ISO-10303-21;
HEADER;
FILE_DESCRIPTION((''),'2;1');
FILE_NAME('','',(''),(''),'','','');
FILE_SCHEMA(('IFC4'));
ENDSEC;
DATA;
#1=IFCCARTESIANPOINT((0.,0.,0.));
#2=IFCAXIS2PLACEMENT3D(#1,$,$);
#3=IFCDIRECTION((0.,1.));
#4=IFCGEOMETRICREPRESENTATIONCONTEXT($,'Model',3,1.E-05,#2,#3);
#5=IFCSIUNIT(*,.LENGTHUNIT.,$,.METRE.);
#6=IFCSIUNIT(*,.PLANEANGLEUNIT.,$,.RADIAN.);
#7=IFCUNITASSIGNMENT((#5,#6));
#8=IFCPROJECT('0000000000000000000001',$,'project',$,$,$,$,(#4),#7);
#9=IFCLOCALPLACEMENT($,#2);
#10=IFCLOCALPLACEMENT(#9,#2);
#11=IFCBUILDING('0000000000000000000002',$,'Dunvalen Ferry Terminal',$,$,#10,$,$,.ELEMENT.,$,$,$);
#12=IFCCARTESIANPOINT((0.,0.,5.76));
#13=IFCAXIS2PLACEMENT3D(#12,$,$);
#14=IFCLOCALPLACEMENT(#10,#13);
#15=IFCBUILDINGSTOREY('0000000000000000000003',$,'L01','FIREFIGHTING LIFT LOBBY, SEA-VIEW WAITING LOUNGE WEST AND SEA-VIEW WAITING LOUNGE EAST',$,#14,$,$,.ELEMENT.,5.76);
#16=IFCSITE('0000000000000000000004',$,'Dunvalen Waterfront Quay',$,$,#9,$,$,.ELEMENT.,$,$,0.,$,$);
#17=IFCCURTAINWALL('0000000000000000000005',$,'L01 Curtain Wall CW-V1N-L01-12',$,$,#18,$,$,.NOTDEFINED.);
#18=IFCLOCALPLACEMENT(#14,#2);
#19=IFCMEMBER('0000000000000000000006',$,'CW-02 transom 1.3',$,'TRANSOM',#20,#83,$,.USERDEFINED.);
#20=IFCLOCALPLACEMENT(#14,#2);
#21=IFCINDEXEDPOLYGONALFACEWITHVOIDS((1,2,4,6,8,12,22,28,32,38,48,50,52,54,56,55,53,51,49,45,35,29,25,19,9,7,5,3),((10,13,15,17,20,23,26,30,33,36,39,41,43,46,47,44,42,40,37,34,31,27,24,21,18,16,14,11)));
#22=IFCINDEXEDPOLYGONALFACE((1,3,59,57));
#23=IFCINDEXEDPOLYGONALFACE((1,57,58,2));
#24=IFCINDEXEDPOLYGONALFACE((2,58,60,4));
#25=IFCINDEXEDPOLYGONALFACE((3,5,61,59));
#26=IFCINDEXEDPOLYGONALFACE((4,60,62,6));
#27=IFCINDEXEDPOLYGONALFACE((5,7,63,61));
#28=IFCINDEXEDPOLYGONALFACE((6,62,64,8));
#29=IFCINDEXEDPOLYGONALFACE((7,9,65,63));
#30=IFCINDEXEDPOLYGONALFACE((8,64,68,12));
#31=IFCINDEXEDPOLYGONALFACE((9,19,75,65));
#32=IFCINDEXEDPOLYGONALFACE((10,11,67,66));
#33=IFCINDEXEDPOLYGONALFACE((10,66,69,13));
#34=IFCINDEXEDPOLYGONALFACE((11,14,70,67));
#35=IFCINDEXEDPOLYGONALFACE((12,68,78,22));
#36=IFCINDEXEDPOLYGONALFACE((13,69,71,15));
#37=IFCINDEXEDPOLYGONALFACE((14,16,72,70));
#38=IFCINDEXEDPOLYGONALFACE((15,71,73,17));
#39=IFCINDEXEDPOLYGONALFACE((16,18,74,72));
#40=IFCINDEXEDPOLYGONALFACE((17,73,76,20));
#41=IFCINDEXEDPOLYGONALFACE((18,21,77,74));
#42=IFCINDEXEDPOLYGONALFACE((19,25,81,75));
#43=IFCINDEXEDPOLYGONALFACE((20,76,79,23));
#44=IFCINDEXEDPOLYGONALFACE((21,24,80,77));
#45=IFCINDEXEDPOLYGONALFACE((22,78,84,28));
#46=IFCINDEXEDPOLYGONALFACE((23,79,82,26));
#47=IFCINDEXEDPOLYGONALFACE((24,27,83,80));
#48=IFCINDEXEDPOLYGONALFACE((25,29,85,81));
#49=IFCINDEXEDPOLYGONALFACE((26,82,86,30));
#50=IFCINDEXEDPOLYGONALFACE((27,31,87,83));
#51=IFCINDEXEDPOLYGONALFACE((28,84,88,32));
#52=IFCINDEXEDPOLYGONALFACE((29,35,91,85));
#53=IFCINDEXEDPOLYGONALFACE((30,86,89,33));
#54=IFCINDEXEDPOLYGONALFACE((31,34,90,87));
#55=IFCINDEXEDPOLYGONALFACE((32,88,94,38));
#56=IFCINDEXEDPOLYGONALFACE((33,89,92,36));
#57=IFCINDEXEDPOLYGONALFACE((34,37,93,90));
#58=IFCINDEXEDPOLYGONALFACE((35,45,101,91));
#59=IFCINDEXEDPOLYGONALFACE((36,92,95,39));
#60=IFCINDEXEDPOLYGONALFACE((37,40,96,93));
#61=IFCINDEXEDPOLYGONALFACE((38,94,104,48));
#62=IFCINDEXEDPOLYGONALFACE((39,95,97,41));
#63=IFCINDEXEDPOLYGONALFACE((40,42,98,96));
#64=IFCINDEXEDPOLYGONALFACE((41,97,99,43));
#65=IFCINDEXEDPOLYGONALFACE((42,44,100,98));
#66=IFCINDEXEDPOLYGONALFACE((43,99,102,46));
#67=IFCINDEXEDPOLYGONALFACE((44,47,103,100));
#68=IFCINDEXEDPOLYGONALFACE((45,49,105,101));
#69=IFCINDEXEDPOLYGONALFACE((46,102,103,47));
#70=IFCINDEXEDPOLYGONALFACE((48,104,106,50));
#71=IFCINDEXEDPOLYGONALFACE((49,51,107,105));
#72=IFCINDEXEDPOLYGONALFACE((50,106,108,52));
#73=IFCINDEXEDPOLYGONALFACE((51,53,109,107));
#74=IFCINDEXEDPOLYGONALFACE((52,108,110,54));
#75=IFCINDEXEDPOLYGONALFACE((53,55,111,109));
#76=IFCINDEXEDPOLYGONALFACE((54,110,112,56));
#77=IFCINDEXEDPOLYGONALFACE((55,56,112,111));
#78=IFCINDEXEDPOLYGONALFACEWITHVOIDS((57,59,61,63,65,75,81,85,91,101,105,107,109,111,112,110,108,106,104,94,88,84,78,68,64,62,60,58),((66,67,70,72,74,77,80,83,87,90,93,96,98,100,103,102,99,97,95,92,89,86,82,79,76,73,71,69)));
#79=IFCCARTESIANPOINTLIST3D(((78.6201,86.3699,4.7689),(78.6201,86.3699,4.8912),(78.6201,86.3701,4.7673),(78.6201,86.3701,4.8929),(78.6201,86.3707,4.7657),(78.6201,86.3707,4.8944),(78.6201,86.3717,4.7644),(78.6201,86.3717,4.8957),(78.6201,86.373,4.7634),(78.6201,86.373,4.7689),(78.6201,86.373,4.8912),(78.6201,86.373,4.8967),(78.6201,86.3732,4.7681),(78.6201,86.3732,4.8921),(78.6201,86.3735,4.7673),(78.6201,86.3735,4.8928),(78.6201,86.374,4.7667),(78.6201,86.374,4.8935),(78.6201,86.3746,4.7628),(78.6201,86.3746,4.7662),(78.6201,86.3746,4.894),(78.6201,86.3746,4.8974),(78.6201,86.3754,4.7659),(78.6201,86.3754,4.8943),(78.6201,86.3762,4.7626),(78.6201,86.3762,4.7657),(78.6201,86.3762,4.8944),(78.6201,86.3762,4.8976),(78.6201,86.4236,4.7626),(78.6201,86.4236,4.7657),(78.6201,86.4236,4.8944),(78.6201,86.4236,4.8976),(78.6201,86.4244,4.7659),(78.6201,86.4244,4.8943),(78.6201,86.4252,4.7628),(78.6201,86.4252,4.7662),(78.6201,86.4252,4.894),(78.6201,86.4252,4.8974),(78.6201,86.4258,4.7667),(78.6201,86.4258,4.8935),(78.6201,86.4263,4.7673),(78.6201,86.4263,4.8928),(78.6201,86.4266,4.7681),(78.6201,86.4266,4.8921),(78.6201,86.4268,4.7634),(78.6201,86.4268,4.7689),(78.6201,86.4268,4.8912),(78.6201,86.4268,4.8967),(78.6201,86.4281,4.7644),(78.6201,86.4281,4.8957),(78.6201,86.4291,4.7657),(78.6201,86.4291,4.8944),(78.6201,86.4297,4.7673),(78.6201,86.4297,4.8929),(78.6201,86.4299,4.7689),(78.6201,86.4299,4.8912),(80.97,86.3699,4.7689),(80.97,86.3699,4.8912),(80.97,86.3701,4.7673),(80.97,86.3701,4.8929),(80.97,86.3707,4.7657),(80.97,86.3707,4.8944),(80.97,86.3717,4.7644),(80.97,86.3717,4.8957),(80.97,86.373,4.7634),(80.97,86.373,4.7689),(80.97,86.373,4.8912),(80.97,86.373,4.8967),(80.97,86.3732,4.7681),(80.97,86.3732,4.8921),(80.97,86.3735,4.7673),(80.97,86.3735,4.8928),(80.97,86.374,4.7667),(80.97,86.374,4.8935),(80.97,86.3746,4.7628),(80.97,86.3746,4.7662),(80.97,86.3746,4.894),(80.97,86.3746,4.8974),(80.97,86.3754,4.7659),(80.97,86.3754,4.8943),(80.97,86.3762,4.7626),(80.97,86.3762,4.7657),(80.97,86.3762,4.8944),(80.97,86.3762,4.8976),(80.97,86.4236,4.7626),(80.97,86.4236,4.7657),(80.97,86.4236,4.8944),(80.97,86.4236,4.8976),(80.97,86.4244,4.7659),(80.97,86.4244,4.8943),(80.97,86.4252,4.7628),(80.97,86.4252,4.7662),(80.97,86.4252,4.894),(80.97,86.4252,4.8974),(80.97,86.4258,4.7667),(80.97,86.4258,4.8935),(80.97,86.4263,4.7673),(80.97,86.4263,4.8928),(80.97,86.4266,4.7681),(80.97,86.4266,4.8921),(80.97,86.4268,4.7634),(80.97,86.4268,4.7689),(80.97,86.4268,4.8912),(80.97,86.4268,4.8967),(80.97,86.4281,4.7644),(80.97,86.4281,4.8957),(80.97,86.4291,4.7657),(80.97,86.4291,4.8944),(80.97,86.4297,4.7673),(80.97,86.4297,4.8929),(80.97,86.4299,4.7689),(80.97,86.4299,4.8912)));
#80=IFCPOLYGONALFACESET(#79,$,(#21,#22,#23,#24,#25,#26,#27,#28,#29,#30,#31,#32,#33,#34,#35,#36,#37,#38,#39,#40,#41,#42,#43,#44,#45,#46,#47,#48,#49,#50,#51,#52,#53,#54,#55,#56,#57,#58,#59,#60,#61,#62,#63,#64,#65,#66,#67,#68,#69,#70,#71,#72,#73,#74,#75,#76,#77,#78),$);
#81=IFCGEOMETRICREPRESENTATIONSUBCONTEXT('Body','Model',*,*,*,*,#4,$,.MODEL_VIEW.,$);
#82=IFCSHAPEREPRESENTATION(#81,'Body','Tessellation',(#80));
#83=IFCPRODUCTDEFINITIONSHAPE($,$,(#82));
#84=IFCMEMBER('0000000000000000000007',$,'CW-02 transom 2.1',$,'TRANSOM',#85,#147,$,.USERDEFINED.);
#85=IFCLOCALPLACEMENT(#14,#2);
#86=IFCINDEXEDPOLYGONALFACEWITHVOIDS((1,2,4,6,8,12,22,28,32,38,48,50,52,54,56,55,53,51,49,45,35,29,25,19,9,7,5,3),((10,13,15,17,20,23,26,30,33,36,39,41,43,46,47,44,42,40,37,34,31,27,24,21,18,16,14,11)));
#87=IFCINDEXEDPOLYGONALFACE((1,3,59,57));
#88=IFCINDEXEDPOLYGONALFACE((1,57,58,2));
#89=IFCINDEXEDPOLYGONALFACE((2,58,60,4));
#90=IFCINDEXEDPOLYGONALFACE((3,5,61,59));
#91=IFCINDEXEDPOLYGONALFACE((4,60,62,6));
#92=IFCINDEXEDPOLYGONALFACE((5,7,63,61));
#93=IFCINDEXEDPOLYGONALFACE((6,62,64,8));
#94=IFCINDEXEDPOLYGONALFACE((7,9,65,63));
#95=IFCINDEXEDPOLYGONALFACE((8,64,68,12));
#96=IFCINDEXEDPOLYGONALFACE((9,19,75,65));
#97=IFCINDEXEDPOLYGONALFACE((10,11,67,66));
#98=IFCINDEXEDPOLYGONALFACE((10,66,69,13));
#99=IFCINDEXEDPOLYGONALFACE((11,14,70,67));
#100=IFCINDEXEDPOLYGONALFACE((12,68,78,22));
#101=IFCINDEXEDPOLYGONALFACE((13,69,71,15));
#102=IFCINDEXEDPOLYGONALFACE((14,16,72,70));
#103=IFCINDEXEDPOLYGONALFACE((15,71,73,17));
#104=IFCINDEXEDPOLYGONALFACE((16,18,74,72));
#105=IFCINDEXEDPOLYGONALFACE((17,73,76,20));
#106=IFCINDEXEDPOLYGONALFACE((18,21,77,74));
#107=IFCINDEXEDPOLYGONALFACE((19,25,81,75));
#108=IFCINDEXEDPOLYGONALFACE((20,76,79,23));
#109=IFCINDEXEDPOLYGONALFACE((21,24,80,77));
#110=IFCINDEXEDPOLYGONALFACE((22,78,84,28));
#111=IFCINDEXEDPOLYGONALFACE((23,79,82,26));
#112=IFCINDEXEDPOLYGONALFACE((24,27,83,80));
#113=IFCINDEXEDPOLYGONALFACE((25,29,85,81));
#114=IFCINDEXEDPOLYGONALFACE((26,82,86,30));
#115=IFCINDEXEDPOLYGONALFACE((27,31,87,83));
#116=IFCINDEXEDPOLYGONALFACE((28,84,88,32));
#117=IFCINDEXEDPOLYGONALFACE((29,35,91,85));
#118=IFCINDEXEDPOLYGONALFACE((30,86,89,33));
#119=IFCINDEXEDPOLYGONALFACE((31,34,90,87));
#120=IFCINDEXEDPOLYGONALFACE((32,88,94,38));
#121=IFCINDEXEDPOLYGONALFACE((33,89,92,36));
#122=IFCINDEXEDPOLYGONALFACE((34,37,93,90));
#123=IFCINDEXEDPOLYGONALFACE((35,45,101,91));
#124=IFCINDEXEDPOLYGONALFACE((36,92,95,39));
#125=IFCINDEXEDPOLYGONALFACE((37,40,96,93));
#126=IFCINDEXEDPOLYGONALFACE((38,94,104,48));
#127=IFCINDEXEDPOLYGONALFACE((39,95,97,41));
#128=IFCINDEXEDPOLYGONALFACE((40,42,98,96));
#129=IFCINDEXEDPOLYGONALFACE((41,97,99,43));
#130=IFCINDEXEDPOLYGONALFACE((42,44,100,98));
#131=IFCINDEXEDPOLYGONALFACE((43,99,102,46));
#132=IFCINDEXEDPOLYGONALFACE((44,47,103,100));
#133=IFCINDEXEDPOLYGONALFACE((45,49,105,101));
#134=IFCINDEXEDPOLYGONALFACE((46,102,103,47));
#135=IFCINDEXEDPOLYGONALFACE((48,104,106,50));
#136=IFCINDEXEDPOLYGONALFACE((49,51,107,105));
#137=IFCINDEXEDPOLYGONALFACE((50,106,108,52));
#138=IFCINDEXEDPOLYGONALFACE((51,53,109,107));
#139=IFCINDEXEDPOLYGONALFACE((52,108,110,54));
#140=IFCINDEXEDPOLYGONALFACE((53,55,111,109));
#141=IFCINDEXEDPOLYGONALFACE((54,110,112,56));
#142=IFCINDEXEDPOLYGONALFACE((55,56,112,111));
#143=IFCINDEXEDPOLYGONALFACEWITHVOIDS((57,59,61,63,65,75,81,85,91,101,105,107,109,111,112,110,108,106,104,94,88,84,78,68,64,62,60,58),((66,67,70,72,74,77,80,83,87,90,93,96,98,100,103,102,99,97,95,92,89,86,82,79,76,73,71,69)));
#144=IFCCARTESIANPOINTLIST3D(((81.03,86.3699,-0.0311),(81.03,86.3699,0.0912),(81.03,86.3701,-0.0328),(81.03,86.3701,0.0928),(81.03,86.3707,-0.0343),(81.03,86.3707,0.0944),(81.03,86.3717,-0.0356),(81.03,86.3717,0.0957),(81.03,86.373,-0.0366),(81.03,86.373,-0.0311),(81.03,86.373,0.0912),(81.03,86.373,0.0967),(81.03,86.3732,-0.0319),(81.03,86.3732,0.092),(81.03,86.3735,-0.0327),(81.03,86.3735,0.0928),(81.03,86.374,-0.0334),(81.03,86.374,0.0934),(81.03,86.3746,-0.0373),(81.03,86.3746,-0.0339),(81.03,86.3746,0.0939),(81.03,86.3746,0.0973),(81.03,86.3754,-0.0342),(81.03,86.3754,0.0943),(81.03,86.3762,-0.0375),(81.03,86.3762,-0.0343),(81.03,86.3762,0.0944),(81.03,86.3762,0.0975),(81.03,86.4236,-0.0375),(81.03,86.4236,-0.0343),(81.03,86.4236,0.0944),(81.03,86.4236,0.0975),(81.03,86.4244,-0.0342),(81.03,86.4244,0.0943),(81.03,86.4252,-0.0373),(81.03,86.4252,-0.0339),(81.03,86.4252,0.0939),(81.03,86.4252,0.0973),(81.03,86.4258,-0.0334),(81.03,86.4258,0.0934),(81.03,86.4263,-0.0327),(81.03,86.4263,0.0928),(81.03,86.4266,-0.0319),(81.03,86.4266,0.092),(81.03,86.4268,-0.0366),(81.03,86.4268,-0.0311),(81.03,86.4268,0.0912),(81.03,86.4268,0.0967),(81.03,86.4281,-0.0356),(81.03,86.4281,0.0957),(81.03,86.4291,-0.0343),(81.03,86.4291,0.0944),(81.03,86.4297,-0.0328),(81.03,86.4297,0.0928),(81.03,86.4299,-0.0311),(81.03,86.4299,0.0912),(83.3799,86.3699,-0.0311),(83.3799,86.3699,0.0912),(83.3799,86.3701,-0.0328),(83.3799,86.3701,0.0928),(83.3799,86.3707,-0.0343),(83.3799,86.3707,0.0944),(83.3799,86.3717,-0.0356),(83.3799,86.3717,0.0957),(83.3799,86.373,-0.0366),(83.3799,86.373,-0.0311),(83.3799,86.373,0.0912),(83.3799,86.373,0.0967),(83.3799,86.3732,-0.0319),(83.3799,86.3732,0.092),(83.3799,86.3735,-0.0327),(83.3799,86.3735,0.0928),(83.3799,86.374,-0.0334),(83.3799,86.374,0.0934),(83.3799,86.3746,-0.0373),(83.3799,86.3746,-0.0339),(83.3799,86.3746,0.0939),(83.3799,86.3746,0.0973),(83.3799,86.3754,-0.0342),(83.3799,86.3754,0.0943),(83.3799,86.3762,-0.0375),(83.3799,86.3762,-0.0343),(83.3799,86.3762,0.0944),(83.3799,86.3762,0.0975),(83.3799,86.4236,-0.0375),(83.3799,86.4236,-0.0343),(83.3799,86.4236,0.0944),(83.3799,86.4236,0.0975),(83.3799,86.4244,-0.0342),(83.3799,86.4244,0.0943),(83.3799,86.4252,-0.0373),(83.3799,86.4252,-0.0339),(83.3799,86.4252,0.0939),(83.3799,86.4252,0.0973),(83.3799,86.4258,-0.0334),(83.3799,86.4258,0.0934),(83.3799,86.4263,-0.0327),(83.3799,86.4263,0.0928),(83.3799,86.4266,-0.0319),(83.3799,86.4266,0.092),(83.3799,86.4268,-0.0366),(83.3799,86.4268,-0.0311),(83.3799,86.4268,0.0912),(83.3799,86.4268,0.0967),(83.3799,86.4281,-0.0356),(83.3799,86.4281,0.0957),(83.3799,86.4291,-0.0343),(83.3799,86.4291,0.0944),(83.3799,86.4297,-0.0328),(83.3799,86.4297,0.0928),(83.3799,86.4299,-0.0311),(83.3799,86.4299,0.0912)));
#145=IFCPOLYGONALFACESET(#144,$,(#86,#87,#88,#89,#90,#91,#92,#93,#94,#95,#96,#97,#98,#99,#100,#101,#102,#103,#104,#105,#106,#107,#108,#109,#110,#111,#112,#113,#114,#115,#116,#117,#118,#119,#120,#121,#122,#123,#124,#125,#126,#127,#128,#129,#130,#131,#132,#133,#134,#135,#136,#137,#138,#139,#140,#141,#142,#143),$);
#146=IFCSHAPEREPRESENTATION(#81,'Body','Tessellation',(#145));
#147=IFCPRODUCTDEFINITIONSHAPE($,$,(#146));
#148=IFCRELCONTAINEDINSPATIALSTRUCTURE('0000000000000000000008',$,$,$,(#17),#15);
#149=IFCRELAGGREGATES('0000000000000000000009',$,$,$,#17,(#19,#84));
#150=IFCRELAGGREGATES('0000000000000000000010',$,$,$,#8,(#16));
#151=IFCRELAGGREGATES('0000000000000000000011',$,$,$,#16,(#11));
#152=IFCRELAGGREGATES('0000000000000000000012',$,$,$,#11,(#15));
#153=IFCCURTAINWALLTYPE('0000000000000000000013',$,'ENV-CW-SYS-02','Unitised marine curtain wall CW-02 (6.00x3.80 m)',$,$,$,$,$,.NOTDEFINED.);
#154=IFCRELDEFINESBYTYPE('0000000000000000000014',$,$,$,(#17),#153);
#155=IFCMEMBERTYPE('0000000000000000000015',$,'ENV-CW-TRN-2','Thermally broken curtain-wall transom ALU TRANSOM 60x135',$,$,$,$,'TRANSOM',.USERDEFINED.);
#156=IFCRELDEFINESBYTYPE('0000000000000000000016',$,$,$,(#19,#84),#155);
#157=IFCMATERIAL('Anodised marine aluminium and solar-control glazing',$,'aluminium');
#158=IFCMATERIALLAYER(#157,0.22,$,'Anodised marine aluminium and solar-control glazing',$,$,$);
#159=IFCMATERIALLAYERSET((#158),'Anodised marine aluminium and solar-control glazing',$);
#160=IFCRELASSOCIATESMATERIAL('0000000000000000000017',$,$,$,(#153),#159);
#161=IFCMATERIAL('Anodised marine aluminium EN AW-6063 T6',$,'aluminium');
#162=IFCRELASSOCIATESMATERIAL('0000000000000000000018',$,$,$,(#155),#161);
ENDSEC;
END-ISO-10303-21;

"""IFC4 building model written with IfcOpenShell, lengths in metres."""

from ifc_helpers import new_model, si_unit, direction, frame, origin, origin_2d, place, context, subcontext, project, spatial, hollow_rectangle, extrude, material, layer, layer_set, material_profile, profile_set, type_object, element, aggregate, save


model = new_model("IFC4")

# Units and contexts
model_context = context("Model", 3, precision=1e-05, world=origin(), true_north=direction((0.0, 1.0)))
body_context = subcontext(model_context, "Body", "Model", "MODEL_VIEW")
ifc_project = project(units=[si_unit("LENGTHUNIT", "METRE"), si_unit("PLANEANGLEUNIT", "RADIAN")], contexts=[model_context])

# Site, building, storey
site_placement = place(None, origin())
site = spatial("IfcSite", under=ifc_project, at=site_placement, Name="Dunvalen Waterfront Quay", CompositionType="ELEMENT", RefElevation=0.0)
building_placement = place(site_placement, origin())
building = spatial("IfcBuilding", under=site, at=building_placement, Name="Dunvalen Ferry Terminal", CompositionType="ELEMENT")
storey_placement = place(building_placement, frame((0.0, 0.0, 5.76)))
storey = spatial("IfcBuildingStorey", under=building, at=storey_placement, Name="L01", Description="FIREFIGHTING LIFT LOBBY, SEA-VIEW WAITING LOUNGE WEST AND SEA-VIEW WAITING LOUNGE EAST", CompositionType="ELEMENT", Elevation=5.76)

# Curtain wall
ifc_material_1 = material(Name="Anodised marine aluminium and solar-control glazing", Category="aluminium")
ifc_layer_1 = layer(ifc_material_1, 0.22, Name="Anodised marine aluminium and solar-control glazing")
ifc_layer_set_1 = layer_set([ifc_layer_1], Name="Anodised marine aluminium and solar-control glazing")
curtain_wall_type = type_object("IfcCurtainWallType", Name="ENV-CW-SYS-02", Description="Unitised marine curtain wall CW-02 (6.00x3.80 m)", PredefinedType="NOTDEFINED", material=ifc_layer_set_1)
ifc_material_2 = material(Name="Anodised marine aluminium EN AW-6063 T6", Category="aluminium")
curtain_wall_1_placement = place(storey_placement, origin())
curtain_wall_1 = element("IfcCurtainWall", 1, at=curtain_wall_1_placement, inside=storey, type_object=curtain_wall_type, Name="L01 Curtain Wall CW-V1N-L01-12", PredefinedType="NOTDEFINED")

# Members
ifc_material_profile_1 = material_profile(ifc_material_2, hollow_rectangle(XDim=0.0601, YDim=0.135, WallThickness=0.0032, InnerFilletRadius=0.0032, OuterFilletRadius=0.0063, at=origin_2d()), Name="Anodised marine aluminium EN AW-6063 T6")
ifc_profile_set_1 = profile_set([ifc_material_profile_1], Name="Anodised marine aluminium EN AW-6063 T6")
member_type_1 = type_object("IfcMemberType", Name="ENV-CW-TRN-2", Description="Thermally broken curtain-wall transom ALU TRANSOM 60x135", ElementType="TRANSOM", PredefinedType="USERDEFINED", material=ifc_profile_set_1)
member_1_placement = place(storey_placement, frame((78.6201, 86.3999, 4.8301), z_axis=(1.0, 0.0, 0.0), x_axis=(0.0, 1.0, 0.0)))
member_1 = element("IfcMember", 2, at=member_1_placement, type_object=member_type_1, Name="CW-02 transom 1.3", ObjectType="TRANSOM", PredefinedType="USERDEFINED", context=body_context, shape_type="SweptSolid", body=[
    extrude(hollow_rectangle(XDim=0.0601, YDim=0.135, WallThickness=0.0032, InnerFilletRadius=0.0032, OuterFilletRadius=0.0063, at=origin_2d()), origin(), (0.0, 0.0, 1.0), 2.3499),
])
member_2_placement = place(storey_placement, frame((81.03, 86.3999, 0.03), z_axis=(1.0, 0.0, 0.0), x_axis=(0.0, 1.0, 0.0)))
member_2 = element("IfcMember", 3, at=member_2_placement, type_object=member_type_1, Name="CW-02 transom 2.1", ObjectType="TRANSOM", PredefinedType="USERDEFINED", context=body_context, shape_type="SweptSolid", body=[
    extrude(hollow_rectangle(XDim=0.0601, YDim=0.135, WallThickness=0.0032, InnerFilletRadius=0.0032, OuterFilletRadius=0.0063, at=origin_2d()), origin(), (0.0, 0.0, 1.0), 2.3499),
])

aggregate(curtain_wall_1, [member_1, member_2])

save(model, "model.ifc")
